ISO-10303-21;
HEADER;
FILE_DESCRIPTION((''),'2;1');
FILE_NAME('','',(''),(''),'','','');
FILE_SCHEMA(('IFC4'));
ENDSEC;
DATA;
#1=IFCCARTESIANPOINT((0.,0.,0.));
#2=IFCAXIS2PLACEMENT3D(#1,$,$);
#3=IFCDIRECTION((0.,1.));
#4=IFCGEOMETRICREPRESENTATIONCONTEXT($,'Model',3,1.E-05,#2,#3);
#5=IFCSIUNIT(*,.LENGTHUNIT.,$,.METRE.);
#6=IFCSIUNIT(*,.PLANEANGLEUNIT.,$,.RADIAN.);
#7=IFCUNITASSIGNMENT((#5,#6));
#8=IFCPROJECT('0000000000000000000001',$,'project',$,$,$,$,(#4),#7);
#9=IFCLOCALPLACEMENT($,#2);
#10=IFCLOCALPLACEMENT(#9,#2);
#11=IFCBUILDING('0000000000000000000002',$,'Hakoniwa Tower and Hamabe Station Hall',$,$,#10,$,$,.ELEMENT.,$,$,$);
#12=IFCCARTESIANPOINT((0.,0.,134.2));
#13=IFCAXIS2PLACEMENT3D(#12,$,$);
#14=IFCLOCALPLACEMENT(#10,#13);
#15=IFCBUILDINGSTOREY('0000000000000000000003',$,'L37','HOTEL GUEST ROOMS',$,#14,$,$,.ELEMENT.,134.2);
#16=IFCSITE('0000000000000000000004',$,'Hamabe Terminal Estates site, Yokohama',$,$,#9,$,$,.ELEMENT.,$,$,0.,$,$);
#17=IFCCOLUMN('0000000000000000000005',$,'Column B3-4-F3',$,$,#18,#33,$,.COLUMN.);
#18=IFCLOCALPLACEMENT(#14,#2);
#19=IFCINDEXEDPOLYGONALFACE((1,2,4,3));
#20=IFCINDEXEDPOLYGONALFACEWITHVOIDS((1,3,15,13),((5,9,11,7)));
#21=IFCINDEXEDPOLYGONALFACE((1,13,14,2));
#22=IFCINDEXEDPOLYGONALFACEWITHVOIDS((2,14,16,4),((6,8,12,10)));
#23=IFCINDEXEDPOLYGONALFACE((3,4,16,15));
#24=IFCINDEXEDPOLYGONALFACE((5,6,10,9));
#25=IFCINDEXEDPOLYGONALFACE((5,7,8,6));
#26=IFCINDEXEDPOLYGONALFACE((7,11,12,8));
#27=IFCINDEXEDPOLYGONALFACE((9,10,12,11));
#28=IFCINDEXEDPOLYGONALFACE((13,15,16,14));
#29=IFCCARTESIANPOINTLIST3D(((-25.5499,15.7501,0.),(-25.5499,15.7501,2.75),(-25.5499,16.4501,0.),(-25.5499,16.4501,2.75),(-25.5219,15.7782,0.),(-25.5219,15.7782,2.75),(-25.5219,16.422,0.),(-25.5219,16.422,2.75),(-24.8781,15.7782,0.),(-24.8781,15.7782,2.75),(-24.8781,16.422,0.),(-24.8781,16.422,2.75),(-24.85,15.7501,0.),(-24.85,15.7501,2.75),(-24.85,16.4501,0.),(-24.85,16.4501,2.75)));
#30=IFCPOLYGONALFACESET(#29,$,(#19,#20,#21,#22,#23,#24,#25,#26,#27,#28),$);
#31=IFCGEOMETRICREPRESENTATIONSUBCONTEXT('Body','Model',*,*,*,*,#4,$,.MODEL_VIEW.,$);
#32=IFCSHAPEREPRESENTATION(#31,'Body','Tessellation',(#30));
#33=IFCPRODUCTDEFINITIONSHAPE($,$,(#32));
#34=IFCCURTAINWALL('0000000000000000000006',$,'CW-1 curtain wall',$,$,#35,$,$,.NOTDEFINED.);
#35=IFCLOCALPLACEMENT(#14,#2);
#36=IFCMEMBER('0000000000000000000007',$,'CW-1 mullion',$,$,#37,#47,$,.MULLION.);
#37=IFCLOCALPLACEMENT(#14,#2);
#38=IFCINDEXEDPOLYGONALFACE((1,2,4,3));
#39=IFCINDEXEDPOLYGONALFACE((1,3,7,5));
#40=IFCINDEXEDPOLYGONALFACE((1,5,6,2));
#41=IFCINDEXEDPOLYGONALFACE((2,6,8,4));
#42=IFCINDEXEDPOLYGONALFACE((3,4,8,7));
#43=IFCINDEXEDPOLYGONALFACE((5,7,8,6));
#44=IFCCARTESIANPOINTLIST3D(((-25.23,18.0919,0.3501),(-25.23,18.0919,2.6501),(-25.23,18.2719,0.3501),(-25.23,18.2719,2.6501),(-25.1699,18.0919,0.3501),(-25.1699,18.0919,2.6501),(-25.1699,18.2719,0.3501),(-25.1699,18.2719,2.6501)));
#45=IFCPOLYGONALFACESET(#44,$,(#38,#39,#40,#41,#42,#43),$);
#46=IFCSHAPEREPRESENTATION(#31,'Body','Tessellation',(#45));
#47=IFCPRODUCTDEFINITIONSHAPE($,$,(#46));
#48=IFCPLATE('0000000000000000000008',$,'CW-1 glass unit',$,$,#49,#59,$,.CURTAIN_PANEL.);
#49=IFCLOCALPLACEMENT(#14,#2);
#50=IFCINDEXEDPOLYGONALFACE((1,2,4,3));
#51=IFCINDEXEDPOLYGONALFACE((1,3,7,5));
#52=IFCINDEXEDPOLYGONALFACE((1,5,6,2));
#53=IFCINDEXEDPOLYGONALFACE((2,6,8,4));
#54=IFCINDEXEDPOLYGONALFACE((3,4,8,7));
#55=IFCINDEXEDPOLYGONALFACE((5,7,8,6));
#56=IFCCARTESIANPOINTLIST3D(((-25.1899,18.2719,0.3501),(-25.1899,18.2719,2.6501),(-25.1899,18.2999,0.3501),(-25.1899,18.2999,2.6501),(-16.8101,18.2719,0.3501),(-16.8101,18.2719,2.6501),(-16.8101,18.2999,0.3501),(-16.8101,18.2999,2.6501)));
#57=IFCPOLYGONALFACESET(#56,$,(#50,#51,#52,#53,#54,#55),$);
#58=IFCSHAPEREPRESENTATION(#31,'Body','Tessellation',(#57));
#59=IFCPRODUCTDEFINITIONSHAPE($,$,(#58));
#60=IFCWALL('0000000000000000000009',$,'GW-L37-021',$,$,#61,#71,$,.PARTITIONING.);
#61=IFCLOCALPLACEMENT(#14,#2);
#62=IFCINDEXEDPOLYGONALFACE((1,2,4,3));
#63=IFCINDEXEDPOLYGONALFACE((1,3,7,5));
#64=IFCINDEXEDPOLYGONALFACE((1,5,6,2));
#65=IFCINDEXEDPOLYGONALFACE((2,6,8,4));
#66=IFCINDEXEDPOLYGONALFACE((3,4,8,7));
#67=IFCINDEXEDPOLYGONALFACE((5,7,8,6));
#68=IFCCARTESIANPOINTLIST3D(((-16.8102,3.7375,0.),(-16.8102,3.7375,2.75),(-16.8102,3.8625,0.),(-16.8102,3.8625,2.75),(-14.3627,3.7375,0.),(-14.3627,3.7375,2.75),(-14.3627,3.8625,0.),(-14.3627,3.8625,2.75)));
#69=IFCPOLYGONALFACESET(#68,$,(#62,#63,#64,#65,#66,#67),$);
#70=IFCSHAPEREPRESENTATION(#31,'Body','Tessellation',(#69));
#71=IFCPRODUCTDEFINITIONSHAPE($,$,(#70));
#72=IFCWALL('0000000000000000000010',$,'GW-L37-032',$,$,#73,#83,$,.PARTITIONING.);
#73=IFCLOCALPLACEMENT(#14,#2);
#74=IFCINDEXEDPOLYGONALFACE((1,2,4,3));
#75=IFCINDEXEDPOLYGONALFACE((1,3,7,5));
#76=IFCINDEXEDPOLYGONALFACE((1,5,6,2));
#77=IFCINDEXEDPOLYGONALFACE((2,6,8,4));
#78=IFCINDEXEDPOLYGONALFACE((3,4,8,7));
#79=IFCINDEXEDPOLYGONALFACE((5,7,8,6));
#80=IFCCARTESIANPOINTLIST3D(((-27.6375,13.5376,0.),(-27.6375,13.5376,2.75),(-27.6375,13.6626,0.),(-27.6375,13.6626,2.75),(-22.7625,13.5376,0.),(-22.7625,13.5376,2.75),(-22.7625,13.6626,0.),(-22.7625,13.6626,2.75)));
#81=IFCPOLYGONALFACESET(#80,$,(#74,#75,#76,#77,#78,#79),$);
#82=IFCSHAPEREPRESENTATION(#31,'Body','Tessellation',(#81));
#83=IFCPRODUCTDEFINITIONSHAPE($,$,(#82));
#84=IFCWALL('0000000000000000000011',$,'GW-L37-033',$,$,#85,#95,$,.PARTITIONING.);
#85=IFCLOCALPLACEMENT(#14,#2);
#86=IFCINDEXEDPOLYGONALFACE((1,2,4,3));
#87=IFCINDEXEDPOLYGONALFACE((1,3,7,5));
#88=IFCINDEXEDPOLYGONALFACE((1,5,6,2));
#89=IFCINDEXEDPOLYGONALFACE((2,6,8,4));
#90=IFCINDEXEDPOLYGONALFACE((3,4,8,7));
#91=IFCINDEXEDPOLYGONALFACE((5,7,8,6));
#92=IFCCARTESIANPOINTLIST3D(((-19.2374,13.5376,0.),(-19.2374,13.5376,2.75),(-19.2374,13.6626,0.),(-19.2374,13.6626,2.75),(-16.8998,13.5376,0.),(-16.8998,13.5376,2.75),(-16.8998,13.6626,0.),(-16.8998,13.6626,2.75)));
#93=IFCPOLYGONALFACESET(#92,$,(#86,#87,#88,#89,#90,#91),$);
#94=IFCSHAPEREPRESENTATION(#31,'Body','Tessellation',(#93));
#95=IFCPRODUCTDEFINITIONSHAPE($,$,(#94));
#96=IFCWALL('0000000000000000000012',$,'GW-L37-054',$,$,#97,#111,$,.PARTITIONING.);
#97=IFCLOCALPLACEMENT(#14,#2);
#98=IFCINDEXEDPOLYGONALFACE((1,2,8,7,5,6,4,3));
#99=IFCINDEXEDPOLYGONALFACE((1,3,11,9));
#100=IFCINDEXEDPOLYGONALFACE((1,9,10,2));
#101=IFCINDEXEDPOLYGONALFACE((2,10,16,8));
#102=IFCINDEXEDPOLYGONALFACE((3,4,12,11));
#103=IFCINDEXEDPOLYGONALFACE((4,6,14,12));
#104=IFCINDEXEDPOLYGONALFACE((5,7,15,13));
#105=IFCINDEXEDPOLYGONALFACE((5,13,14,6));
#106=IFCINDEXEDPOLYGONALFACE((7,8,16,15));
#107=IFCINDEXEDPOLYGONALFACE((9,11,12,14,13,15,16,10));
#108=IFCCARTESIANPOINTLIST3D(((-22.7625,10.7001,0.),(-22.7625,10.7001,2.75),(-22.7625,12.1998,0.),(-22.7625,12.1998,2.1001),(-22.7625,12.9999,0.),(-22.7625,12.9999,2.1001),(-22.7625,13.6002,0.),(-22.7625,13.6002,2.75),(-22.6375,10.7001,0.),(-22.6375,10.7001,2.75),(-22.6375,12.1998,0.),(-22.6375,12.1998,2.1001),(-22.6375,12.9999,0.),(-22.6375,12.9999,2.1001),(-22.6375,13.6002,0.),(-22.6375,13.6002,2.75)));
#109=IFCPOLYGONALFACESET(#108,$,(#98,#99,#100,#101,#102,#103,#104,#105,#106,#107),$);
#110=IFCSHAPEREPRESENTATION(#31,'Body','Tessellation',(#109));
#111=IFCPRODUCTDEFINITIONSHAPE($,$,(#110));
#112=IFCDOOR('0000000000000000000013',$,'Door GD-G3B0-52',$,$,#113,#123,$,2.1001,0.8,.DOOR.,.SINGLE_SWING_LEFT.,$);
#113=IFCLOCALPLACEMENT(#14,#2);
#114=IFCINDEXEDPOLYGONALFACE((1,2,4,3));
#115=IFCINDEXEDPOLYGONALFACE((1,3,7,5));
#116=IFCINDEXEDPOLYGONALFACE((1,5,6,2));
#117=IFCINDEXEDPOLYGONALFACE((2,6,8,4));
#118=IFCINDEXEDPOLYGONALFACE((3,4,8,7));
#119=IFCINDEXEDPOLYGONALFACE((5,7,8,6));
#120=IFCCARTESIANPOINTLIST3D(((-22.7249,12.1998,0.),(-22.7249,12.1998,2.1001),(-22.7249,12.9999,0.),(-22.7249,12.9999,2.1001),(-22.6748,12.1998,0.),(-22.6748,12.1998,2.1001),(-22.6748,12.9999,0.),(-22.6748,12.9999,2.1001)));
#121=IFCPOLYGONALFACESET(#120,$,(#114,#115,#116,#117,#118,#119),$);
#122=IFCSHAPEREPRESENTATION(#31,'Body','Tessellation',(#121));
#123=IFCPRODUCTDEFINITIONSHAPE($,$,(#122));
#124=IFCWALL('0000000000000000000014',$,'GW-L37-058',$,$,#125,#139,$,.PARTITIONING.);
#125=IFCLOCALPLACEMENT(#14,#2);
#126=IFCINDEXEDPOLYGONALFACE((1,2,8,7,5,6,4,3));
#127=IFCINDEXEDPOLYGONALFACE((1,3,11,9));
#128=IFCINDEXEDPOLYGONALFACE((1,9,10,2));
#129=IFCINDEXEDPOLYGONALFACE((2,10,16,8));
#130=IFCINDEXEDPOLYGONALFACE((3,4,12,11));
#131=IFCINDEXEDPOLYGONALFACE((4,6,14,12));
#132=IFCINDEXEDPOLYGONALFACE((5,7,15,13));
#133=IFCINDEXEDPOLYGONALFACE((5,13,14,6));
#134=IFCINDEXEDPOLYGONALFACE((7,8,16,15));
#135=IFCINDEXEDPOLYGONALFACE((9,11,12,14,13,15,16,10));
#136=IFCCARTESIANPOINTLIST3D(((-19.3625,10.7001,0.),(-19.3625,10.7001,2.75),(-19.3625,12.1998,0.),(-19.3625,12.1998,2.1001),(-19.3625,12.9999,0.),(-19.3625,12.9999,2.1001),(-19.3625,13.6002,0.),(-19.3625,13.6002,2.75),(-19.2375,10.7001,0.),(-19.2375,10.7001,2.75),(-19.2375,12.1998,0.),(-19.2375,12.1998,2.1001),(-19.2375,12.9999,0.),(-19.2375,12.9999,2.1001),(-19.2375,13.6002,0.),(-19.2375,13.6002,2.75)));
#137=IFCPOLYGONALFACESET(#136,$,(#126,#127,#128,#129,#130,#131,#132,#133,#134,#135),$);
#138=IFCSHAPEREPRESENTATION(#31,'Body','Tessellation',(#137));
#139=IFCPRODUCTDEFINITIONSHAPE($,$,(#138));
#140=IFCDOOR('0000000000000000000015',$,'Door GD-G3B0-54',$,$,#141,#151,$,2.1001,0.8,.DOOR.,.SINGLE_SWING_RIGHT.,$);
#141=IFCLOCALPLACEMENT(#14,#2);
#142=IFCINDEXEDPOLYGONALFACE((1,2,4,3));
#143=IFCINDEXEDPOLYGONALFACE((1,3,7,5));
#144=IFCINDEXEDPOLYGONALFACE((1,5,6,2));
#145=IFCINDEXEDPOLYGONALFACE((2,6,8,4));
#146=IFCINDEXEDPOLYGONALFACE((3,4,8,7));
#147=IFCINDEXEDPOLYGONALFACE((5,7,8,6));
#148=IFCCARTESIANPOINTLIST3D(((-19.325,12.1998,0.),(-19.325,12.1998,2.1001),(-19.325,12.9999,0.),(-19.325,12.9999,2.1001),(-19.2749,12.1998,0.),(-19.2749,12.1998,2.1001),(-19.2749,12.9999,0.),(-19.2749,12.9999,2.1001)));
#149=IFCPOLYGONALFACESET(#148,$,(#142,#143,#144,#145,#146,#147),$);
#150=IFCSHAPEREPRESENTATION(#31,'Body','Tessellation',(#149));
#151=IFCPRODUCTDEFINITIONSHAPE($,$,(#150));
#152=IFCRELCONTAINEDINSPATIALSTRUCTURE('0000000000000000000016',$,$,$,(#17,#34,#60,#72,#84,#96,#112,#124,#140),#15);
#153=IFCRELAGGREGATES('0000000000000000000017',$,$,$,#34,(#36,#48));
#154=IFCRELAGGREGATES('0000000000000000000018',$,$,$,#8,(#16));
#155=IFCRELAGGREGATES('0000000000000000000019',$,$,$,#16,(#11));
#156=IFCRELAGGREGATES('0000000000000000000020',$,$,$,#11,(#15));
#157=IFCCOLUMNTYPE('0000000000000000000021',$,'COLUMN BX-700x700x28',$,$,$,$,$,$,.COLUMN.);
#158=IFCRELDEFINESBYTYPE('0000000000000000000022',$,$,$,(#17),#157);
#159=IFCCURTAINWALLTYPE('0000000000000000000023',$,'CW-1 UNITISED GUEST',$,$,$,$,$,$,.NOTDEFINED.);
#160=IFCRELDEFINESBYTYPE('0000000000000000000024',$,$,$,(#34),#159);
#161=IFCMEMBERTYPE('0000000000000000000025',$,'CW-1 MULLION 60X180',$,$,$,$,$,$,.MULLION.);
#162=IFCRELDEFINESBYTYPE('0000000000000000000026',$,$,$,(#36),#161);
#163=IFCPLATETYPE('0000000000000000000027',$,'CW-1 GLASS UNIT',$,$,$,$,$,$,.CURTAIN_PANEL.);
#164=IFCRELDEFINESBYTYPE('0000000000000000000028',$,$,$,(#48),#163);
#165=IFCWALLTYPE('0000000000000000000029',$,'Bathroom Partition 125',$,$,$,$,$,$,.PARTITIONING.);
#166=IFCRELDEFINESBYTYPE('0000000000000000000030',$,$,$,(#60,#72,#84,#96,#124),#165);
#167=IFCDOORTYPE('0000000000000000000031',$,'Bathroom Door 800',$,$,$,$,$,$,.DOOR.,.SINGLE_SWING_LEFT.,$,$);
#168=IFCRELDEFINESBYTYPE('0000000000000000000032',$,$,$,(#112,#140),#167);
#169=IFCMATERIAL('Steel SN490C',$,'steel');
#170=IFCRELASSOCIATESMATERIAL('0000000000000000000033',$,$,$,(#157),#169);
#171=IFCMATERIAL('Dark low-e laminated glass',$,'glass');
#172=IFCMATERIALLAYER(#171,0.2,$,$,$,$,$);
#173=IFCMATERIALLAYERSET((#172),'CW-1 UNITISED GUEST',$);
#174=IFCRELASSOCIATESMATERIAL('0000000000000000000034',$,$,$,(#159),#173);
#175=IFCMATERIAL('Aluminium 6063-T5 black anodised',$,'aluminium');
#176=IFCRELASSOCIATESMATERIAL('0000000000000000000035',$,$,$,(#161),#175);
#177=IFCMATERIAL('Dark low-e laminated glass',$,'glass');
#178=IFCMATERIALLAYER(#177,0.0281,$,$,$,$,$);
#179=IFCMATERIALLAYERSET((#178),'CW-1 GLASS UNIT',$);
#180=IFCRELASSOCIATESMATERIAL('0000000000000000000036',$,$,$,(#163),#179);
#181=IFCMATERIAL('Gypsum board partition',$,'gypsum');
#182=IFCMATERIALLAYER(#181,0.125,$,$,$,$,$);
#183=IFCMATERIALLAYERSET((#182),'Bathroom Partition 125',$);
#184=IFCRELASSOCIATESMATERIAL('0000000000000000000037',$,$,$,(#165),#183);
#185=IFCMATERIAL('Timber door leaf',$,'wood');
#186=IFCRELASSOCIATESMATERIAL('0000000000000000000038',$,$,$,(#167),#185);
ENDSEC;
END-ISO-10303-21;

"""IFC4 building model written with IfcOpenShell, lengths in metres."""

from ifc_helpers import new_model, si_unit, direction, frame, frame_2d, origin, origin_2d, place, context, subcontext, project, spatial, rectangle, hollow_rectangle, extrude, material, layer, layer_set, material_profile, profile_set, type_object, element, fill, aggregate, save


model = new_model("IFC4")

# Units and contexts
model_context = context("Model", 3, precision=1e-05, world=origin(), true_north=direction((0.0, 1.0)))
body_context = subcontext(model_context, "Body", "Model", "MODEL_VIEW")
ifc_project = project(units=[si_unit("LENGTHUNIT", "METRE"), si_unit("PLANEANGLEUNIT", "RADIAN")], contexts=[model_context])

# Site, building, storey
site_placement = place(None, origin())
site = spatial("IfcSite", under=ifc_project, at=site_placement, Name="Hamabe Terminal Estates site, Yokohama", CompositionType="ELEMENT", RefElevation=0.0)
building_placement = place(site_placement, origin())
building = spatial("IfcBuilding", under=site, at=building_placement, Name="Hakoniwa Tower and Hamabe Station Hall", CompositionType="ELEMENT")
storey_placement = place(building_placement, frame((0.0, 0.0, 134.2)))
storey = spatial("IfcBuildingStorey", under=building, at=storey_placement, Name="L37", Description="HOTEL GUEST ROOMS", CompositionType="ELEMENT", Elevation=134.2)

# Column
ifc_material_1 = material(Name="Steel SN490C", Category="steel")
ifc_material_profile_1 = material_profile(ifc_material_1, hollow_rectangle(XDim=0.7, YDim=0.7, WallThickness=0.0281, at=origin_2d()), Name="BX-700x700x28")
ifc_profile_set_1 = profile_set([ifc_material_profile_1], Name="Steel SN490C")
column_type = type_object("IfcColumnType", Name="COLUMN BX-700x700x28", PredefinedType="COLUMN", material=ifc_profile_set_1)
column_placement = place(storey_placement, frame((-25.2, 16.1001, 0.0), z_axis=(0.0, 0.0, 1.0), x_axis=(1.0, 0.0, 0.0)))
element("IfcColumn", 1, at=column_placement, inside=storey, type_object=column_type, Name="Column B3-4-F3", PredefinedType="COLUMN", context=body_context, shape_type="SweptSolid", body=[
    extrude(hollow_rectangle(XDim=0.7, YDim=0.7, WallThickness=0.0281, at=origin_2d()), origin(), (0.0, 0.0, 1.0), 2.75),
])

# Curtain wall, member, plate
ifc_material_2 = material(Name="Dark low-e laminated glass", Category="glass")
ifc_layer_1 = layer(ifc_material_2, 0.2)
ifc_layer_set_1 = layer_set([ifc_layer_1], Name="CW-1 UNITISED GUEST")
curtain_wall_type = type_object("IfcCurtainWallType", Name="CW-1 UNITISED GUEST", PredefinedType="NOTDEFINED", material=ifc_layer_set_1)
curtain_wall_placement = place(storey_placement, origin())
curtain_wall = element("IfcCurtainWall", 2, at=curtain_wall_placement, inside=storey, type_object=curtain_wall_type, Name="CW-1 curtain wall", PredefinedType="NOTDEFINED")
ifc_material_3 = material(Name="Aluminium 6063-T5 black anodised", Category="aluminium")
ifc_material_profile_2 = material_profile(ifc_material_3, rectangle(XDim=0.0601, YDim=0.1799, at=origin_2d()), Name="CW-1 MULLION 60X180")
ifc_profile_set_2 = profile_set([ifc_material_profile_2], Name="Aluminium 6063-T5 black anodised")
member_type = type_object("IfcMemberType", Name="CW-1 MULLION 60X180", PredefinedType="MULLION", material=ifc_profile_set_2)
member_placement = place(storey_placement, frame((-25.2, 18.1819, 0.3501), z_axis=(0.0, 0.0, 1.0), x_axis=(-1.0, 0.0, 0.0)))
member = element("IfcMember", 3, at=member_placement, type_object=member_type, Name="CW-1 mullion", PredefinedType="MULLION", context=body_context, shape_type="SweptSolid", body=[
    extrude(rectangle(XDim=0.0601, YDim=0.1799, at=origin_2d()), origin(), (0.0, 0.0, 1.0), 2.3),
])
ifc_material_4 = material(Name="Dark low-e laminated glass", Category="glass")
ifc_layer_2 = layer(ifc_material_4, 0.0281)
ifc_layer_set_2 = layer_set([ifc_layer_2], Name="CW-1 GLASS UNIT")
plate_type = type_object("IfcPlateType", Name="CW-1 GLASS UNIT", PredefinedType="CURTAIN_PANEL", material=ifc_layer_set_2)
plate_placement = place(storey_placement, frame((-21.0, 18.2859, 0.3501), z_axis=(0.0, 0.0, 1.0), x_axis=(-1.0, 0.0, 0.0)))
plate = element("IfcPlate", 4, at=plate_placement, type_object=plate_type, Name="CW-1 glass unit", PredefinedType="CURTAIN_PANEL", context=body_context, shape_type="SweptSolid", body=[
    extrude(rectangle(XDim=8.3799, YDim=0.0281, at=origin_2d()), origin(), (0.0, 0.0, 1.0), 2.3),
])
aggregate(curtain_wall, [member, plate])

# Walls
ifc_material_5 = material(Name="Gypsum board partition", Category="gypsum")
ifc_layer_3 = layer(ifc_material_5, 0.125)
ifc_layer_set_3 = layer_set([ifc_layer_3], Name="Bathroom Partition 125")
wall_type_1 = type_object("IfcWallType", Name="Bathroom Partition 125", PredefinedType="PARTITIONING", material=ifc_layer_set_3)
wall_1_placement = place(storey_placement, frame((-16.8101, 3.8, 0.0), z_axis=(0.0, 0.0, 1.0), x_axis=(1.0, 0.0, 0.0)))
element("IfcWall", 5, at=wall_1_placement, inside=storey, type_object=wall_type_1, Name="GW-L37-021", PredefinedType="PARTITIONING", context=body_context, shape_type="SweptSolid", body=[
    extrude(rectangle(XDim=2.4475, YDim=0.125, at=frame_2d((1.2236, 0.0))), origin(), (0.0, 0.0, 1.0), 2.75),
])
wall_2_placement = place(storey_placement, frame((-27.6375, 13.6001, 0.0), z_axis=(0.0, 0.0, 1.0), x_axis=(1.0, 0.0, 0.0)))
element("IfcWall", 6, at=wall_2_placement, inside=storey, type_object=wall_type_1, Name="GW-L37-032", PredefinedType="PARTITIONING", context=body_context, shape_type="SweptSolid", body=[
    extrude(rectangle(XDim=4.875, YDim=0.125, at=frame_2d((2.4375, 0.0))), origin(), (0.0, 0.0, 1.0), 2.75),
])
wall_3_placement = place(storey_placement, frame((-19.2375, 13.6001, 0.0), z_axis=(0.0, 0.0, 1.0), x_axis=(1.0, 0.0, 0.0)))
element("IfcWall", 7, at=wall_3_placement, inside=storey, type_object=wall_type_1, Name="GW-L37-033", PredefinedType="PARTITIONING", context=body_context, shape_type="SweptSolid", body=[
    extrude(rectangle(XDim=2.3376, YDim=0.125, at=frame_2d((1.1689, 0.0))), origin(), (0.0, 0.0, 1.0), 2.75),
])

# Walls, openings, doors
wall_4_placement = place(storey_placement, frame((-22.7, 10.7, 0.0), z_axis=(0.0, 0.0, 1.0), x_axis=(0.0, 1.0, 0.0)))
wall_4 = element("IfcWall", 8, at=wall_4_placement, inside=storey, type_object=wall_type_1, Name="GW-L37-054", PredefinedType="PARTITIONING", context=body_context, shape_type="SweptSolid", body=[
    extrude(rectangle(XDim=2.9001, YDim=0.125, at=frame_2d((1.4502, 0.0))), origin(), (0.0, 0.0, 1.0), 2.75),
])
opening_1_placement = place(wall_4_placement, frame((1.5, 0.0, 0.0)))
opening_1 = element("IfcOpeningElement", 9, at=opening_1_placement, cuts=wall_4, PredefinedType="OPENING", context=body_context, shape_type="SweptSolid", body=[
    extrude(rectangle(XDim=0.8, YDim=2.1001, at=frame_2d((0.3999, 1.05))), frame((0.0, 0.0725, 0.0), z_axis=(0.0, -1.0, 0.0), x_axis=(1.0, 0.0, 0.0)), (0.0, 0.0, 1.0), 0.145),
])
ifc_material_6 = material(Name="Timber door leaf", Category="wood")
door_type_1 = type_object("IfcDoorType", Name="Bathroom Door 800", OperationType="SINGLE_SWING_LEFT", PredefinedType="DOOR", material=ifc_material_6)
door_1_placement = place(opening_1_placement, origin())
door_1 = element("IfcDoor", 10, at=door_1_placement, inside=storey, type_object=door_type_1, Name="Door GD-G3B0-52", OperationType="SINGLE_SWING_LEFT", OverallHeight=2.1001, OverallWidth=0.8, PredefinedType="DOOR", context=body_context, shape_type="SweptSolid", body=[
    extrude(rectangle(XDim=0.8, YDim=2.1001, at=frame_2d((0.3999, 1.05))), frame((0.0, 0.0249, 0.0), z_axis=(0.0, -1.0, 0.0), x_axis=(1.0, 0.0, 0.0)), (0.0, 0.0, 1.0), 0.05),
])
fill(opening_1, door_1)
wall_5_placement = place(storey_placement, frame((-19.3, 10.7, 0.0), z_axis=(0.0, 0.0, 1.0), x_axis=(0.0, 1.0, 0.0)))
wall_5 = element("IfcWall", 11, at=wall_5_placement, inside=storey, type_object=wall_type_1, Name="GW-L37-058", PredefinedType="PARTITIONING", context=body_context, shape_type="SweptSolid", body=[
    extrude(rectangle(XDim=2.9001, YDim=0.125, at=frame_2d((1.4502, 0.0))), origin(), (0.0, 0.0, 1.0), 2.75),
])
opening_2_placement = place(wall_5_placement, frame((1.5, 0.0, 0.0)))
opening_2 = element("IfcOpeningElement", 12, at=opening_2_placement, cuts=wall_5, PredefinedType="OPENING", context=body_context, shape_type="SweptSolid", body=[
    extrude(rectangle(XDim=0.8, YDim=2.1001, at=frame_2d((0.3999, 1.05))), frame((0.0, 0.0725, 0.0), z_axis=(0.0, -1.0, 0.0), x_axis=(1.0, 0.0, 0.0)), (0.0, 0.0, 1.0), 0.145),
])
door_2_placement = place(opening_2_placement, origin())
door_2 = element("IfcDoor", 13, at=door_2_placement, inside=storey, type_object=door_type_1, Name="Door GD-G3B0-54", OperationType="SINGLE_SWING_RIGHT", OverallHeight=2.1001, OverallWidth=0.8, PredefinedType="DOOR", context=body_context, shape_type="SweptSolid", body=[
    extrude(rectangle(XDim=0.8, YDim=2.1001, at=frame_2d((0.3999, 1.05))), frame((0.0, 0.0249, 0.0), z_axis=(0.0, -1.0, 0.0), x_axis=(1.0, 0.0, 0.0)), (0.0, 0.0, 1.0), 0.05),
])
fill(opening_2, door_2)

save(model, "model.ifc")
